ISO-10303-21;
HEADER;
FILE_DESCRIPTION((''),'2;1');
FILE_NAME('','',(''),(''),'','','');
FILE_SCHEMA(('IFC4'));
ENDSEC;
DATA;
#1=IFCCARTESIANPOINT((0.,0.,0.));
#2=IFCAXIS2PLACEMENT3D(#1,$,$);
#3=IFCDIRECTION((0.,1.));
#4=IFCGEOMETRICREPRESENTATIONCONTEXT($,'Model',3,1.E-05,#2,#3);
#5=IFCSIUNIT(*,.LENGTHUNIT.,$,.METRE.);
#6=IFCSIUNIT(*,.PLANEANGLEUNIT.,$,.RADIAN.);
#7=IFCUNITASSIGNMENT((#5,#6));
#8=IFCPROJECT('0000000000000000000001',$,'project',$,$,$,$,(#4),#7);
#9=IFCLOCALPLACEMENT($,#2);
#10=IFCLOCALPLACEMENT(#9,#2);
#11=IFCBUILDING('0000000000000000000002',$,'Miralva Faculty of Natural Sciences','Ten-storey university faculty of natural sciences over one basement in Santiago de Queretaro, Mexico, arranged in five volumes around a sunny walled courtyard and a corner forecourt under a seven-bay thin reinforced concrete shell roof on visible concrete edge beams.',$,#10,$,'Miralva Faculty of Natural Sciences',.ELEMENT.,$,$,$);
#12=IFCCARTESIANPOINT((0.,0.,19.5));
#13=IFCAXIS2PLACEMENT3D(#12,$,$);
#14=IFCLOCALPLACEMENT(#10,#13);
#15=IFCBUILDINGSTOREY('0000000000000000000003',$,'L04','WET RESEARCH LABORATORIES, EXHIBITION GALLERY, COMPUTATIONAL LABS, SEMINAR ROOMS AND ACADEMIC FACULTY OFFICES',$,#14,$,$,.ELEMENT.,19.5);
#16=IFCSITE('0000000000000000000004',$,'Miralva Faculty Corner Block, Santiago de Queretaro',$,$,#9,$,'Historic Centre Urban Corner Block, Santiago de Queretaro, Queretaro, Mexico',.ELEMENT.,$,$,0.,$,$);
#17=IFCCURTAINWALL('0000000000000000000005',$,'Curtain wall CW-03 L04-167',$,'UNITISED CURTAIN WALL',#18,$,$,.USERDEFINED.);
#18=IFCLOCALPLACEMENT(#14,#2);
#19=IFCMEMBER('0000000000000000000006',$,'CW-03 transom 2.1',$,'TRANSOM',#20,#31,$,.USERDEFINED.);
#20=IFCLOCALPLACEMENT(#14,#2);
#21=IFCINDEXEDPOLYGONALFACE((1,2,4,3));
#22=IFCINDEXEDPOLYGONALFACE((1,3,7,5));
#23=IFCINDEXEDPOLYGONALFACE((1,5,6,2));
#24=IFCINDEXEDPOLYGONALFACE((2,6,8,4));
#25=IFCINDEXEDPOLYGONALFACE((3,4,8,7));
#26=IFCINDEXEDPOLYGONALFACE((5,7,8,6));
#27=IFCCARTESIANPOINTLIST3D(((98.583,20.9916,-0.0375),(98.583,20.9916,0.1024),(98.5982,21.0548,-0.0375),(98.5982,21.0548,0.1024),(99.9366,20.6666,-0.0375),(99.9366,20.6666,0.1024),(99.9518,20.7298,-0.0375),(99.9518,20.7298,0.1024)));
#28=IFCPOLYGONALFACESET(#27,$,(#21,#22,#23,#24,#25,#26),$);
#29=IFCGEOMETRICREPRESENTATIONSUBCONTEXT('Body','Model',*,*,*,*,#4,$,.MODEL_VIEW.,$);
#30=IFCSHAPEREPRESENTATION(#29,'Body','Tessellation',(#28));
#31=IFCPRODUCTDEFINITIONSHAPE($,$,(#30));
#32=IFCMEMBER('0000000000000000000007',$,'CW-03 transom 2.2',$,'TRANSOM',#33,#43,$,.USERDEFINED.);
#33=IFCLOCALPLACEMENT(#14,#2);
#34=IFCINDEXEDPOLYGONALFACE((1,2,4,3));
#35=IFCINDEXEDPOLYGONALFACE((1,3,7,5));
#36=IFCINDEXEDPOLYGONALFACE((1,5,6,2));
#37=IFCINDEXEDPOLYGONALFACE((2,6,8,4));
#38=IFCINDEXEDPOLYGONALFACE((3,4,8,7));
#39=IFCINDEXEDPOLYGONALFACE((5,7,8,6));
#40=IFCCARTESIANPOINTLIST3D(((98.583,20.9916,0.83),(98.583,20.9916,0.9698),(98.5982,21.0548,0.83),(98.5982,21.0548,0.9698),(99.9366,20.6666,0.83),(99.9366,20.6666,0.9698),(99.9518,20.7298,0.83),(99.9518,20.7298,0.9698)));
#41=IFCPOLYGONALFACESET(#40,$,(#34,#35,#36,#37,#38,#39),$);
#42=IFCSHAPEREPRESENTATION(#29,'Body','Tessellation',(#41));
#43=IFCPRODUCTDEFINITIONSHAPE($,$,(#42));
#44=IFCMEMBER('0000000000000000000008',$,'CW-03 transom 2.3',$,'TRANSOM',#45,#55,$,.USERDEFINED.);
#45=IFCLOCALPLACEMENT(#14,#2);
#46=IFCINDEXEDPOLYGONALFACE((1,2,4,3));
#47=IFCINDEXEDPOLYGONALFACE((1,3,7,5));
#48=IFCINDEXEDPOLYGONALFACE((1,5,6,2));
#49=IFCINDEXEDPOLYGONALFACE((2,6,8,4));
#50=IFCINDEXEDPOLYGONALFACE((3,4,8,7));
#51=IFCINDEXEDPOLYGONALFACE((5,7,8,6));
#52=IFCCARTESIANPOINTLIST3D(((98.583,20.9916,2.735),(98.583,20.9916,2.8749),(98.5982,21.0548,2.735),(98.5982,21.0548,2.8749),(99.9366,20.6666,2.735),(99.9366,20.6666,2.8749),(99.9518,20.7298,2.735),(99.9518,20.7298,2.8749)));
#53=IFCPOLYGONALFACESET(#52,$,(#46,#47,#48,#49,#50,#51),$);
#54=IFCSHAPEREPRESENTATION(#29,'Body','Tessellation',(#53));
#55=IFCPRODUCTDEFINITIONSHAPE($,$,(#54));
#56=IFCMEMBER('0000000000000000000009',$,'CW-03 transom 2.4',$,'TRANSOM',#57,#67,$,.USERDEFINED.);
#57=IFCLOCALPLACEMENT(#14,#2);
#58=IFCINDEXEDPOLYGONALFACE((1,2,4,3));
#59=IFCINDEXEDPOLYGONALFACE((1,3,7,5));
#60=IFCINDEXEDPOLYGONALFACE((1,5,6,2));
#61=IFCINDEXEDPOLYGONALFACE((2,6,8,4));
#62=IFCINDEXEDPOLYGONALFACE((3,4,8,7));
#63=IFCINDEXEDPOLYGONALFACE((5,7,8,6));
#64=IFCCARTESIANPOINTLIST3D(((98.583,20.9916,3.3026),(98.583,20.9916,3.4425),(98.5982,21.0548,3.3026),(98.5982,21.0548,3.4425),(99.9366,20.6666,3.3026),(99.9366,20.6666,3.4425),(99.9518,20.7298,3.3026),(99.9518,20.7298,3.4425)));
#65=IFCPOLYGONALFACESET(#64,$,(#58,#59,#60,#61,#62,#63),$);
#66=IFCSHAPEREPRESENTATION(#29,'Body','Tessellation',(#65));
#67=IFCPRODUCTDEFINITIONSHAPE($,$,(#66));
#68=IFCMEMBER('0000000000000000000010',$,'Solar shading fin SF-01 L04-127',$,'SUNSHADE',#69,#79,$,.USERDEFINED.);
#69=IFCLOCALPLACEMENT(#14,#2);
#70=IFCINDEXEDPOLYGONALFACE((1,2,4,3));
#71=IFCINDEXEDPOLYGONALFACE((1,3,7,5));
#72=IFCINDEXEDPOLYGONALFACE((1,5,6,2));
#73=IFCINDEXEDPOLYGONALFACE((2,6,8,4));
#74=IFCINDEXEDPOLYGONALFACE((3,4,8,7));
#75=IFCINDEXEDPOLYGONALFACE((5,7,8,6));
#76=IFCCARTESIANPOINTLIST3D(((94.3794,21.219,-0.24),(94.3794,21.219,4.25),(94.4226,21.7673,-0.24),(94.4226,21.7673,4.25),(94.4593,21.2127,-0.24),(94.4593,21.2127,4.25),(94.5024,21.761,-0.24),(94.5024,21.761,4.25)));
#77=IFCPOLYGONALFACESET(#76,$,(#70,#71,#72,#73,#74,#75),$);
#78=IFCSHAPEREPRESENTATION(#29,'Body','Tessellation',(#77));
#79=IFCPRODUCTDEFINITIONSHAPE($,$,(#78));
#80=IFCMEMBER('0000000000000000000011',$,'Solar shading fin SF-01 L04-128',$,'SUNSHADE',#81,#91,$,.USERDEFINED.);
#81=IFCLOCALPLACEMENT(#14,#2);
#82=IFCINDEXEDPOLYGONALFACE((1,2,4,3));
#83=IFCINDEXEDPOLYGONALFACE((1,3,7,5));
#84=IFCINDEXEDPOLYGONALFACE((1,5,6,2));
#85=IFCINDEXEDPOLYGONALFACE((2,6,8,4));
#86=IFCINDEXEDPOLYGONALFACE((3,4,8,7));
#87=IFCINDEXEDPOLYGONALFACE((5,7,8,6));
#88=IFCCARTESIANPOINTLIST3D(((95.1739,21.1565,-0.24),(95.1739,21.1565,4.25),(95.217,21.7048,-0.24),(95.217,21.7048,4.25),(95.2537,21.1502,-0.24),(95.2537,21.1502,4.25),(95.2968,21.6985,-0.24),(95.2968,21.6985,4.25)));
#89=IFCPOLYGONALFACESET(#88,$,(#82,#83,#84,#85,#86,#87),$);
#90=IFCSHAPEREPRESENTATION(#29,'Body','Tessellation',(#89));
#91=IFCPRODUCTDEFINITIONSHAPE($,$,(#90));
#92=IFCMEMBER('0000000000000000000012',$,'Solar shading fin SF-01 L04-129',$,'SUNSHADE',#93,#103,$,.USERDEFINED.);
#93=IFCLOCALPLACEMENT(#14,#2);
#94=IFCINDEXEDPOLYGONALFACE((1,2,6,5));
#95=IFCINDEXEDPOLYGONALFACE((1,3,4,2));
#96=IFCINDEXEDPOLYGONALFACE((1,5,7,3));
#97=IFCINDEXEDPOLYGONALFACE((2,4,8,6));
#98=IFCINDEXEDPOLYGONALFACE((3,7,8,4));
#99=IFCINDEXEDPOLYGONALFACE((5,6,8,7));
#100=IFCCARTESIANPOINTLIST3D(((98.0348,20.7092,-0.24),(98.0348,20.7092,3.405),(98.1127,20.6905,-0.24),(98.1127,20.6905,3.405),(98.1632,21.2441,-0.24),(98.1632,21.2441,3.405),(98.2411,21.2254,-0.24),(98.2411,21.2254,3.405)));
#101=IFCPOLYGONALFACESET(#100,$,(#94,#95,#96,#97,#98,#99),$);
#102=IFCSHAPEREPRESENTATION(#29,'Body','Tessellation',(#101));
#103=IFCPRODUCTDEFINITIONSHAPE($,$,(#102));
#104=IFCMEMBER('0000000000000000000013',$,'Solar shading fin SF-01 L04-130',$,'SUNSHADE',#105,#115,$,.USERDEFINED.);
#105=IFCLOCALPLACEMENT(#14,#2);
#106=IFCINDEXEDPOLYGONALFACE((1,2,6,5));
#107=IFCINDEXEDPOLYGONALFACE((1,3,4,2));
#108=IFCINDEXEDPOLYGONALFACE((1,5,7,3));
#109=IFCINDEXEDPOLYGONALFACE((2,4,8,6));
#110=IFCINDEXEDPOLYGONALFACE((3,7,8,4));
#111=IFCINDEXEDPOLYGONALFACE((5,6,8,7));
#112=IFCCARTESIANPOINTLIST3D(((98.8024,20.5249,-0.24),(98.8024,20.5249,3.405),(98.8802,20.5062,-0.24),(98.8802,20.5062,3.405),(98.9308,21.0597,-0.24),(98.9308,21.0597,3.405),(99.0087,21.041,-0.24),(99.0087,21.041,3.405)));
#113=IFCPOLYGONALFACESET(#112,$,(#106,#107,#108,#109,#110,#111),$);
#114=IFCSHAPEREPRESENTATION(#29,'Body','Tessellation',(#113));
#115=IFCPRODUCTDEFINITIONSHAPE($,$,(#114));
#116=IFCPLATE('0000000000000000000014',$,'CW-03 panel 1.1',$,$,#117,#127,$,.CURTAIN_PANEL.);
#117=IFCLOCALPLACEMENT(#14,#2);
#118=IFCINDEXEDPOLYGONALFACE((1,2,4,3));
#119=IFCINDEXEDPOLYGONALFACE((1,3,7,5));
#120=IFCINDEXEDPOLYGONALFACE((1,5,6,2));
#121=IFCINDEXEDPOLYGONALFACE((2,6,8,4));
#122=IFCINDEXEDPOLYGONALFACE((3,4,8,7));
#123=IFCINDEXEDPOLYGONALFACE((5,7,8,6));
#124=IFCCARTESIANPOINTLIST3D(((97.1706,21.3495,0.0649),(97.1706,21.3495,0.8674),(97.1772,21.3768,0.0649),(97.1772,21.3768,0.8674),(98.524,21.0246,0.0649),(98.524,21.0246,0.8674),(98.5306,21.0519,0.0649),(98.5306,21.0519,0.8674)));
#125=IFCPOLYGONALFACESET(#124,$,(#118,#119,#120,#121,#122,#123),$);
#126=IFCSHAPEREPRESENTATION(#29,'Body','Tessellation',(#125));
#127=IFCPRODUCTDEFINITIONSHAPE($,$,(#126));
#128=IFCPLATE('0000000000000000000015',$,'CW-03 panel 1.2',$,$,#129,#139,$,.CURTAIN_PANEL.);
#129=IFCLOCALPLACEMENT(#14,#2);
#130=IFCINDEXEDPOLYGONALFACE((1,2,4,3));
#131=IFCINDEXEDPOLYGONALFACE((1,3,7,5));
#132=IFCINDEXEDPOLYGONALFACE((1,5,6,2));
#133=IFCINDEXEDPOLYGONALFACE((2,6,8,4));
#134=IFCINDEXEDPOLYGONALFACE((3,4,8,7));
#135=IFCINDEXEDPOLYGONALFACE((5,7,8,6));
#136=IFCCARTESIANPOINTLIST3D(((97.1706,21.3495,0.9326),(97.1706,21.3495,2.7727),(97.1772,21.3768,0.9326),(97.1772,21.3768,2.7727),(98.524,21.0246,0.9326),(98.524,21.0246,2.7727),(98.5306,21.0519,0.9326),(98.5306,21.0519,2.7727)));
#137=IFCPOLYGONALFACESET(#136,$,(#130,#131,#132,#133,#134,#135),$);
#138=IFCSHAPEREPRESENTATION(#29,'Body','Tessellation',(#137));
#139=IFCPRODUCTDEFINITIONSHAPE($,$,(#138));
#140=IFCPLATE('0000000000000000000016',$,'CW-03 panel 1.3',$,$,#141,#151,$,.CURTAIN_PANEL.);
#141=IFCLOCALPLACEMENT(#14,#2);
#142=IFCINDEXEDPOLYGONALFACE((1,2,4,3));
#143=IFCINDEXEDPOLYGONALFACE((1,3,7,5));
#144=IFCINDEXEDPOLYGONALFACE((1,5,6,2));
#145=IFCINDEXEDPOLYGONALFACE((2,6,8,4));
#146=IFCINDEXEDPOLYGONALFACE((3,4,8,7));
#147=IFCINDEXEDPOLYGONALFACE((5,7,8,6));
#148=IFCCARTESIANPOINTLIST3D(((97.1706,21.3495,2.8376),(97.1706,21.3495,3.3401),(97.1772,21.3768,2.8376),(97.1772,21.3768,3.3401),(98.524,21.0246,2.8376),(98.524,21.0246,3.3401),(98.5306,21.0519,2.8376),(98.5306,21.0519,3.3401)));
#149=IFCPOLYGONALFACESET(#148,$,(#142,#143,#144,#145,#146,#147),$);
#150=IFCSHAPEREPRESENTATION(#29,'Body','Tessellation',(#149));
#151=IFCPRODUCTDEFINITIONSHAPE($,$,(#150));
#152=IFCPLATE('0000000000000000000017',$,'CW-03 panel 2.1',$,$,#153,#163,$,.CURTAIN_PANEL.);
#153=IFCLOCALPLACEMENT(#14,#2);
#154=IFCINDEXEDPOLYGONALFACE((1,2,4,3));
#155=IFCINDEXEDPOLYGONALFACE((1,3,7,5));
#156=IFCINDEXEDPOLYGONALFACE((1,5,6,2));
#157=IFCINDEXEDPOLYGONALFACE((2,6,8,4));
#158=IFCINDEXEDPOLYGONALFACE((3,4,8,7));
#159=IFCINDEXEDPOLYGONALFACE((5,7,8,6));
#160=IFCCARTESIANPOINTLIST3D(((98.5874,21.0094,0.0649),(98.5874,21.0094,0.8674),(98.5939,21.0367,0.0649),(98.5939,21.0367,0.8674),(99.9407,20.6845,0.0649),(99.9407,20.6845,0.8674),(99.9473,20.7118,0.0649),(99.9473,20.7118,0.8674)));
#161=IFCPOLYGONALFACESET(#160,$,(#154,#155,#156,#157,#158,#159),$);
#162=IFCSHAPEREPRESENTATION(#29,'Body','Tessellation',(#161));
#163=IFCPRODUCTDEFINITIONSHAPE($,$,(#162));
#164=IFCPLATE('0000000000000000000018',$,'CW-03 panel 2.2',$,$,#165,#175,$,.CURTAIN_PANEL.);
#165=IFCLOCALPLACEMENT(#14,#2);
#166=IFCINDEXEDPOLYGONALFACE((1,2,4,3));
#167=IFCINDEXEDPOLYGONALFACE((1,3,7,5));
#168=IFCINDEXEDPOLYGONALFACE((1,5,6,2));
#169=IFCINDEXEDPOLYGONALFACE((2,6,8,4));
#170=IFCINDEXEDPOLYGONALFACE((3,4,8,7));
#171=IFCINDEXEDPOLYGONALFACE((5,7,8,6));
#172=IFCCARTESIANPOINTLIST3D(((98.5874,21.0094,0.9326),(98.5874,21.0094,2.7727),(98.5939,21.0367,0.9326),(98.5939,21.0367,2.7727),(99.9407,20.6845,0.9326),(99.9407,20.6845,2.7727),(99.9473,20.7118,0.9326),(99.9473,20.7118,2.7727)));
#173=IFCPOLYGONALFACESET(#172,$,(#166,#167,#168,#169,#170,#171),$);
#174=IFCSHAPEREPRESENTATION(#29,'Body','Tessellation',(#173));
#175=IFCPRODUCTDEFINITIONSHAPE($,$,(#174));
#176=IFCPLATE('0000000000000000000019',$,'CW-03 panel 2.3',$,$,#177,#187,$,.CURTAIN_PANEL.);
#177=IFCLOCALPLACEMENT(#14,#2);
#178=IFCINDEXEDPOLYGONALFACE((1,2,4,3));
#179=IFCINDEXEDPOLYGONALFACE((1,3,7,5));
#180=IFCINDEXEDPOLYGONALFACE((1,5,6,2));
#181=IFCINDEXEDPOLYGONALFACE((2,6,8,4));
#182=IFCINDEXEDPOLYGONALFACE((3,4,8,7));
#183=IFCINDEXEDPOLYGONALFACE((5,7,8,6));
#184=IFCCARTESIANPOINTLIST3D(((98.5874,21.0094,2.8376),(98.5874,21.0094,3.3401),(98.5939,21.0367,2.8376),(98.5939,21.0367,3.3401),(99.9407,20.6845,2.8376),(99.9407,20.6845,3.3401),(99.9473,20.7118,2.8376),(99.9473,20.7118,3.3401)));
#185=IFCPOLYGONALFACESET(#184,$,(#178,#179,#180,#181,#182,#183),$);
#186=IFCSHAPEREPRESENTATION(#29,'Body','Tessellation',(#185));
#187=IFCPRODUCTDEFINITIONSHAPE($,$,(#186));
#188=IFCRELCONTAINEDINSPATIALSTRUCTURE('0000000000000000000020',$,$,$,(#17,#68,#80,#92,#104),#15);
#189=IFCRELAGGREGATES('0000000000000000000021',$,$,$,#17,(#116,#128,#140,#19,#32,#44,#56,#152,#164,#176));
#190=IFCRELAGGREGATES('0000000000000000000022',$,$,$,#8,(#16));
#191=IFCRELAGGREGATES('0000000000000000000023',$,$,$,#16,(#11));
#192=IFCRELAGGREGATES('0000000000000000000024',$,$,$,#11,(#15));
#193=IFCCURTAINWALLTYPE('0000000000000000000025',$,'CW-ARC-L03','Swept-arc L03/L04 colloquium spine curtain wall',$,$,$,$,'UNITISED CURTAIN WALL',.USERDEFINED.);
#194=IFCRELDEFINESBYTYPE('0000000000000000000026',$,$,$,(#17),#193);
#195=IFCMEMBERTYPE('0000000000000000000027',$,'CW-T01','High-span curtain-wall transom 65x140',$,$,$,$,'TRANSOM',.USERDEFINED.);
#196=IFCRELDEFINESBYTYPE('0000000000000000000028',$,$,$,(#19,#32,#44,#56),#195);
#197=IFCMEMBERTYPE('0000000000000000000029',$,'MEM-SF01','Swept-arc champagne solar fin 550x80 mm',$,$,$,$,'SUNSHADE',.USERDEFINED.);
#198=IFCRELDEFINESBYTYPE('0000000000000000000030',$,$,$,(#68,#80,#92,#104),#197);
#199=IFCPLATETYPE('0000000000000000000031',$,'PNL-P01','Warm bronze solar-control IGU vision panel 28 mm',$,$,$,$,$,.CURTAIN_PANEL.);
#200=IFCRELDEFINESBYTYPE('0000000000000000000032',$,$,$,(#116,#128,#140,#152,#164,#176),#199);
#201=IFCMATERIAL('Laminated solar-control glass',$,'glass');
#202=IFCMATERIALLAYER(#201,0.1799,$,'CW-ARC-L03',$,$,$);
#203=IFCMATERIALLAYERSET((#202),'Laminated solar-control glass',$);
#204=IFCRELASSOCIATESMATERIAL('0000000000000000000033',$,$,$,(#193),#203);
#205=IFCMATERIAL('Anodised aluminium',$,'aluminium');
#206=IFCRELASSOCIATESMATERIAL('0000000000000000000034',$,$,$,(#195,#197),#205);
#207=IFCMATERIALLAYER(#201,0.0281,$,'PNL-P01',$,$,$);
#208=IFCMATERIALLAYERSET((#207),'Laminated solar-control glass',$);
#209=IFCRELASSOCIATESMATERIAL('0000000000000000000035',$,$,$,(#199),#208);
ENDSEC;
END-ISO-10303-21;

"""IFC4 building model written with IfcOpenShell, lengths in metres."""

from ifc_helpers import new_model, si_unit, direction, frame, origin, origin_2d, place, context, subcontext, project, spatial, rectangle, extrude, material, layer, layer_set, material_profile, profile_set, type_object, element, aggregate, save


model = new_model("IFC4")

# Units and contexts
model_context = context("Model", 3, precision=1e-05, world=origin(), true_north=direction((0.0, 1.0)))
body_context = subcontext(model_context, "Body", "Model", "MODEL_VIEW")
ifc_project = project(units=[si_unit("LENGTHUNIT", "METRE"), si_unit("PLANEANGLEUNIT", "RADIAN")], contexts=[model_context])

# Site, building, storey
site_placement = place(None, origin())
site = spatial("IfcSite", under=ifc_project, at=site_placement, Name="Miralva Faculty Corner Block, Santiago de Queretaro", LongName="Historic Centre Urban Corner Block, Santiago de Queretaro, Queretaro, Mexico", CompositionType="ELEMENT", RefElevation=0.0)
building_placement = place(site_placement, origin())
building = spatial("IfcBuilding", under=site, at=building_placement, Name="Miralva Faculty of Natural Sciences", Description="Ten-storey university faculty of natural sciences over one basement in Santiago de Queretaro, Mexico, arranged in five volumes around a sunny walled courtyard and a corner forecourt under a seven-bay thin reinforced concrete shell roof on visible concrete edge beams.", LongName="Miralva Faculty of Natural Sciences", CompositionType="ELEMENT")
storey_placement = place(building_placement, frame((0.0, 0.0, 19.5)))
storey = spatial("IfcBuildingStorey", under=building, at=storey_placement, Name="L04", Description="WET RESEARCH LABORATORIES, EXHIBITION GALLERY, COMPUTATIONAL LABS, SEMINAR ROOMS AND ACADEMIC FACULTY OFFICES", CompositionType="ELEMENT", Elevation=19.5)

# Shared definitions
ifc_material_1 = material(Name="Laminated solar-control glass", Category="glass")
ifc_layer_1 = layer(ifc_material_1, 0.1799, Name="CW-ARC-L03")
ifc_layer_set_1 = layer_set([ifc_layer_1], Name="Laminated solar-control glass")
curtain_wall_type = type_object("IfcCurtainWallType", Name="CW-ARC-L03", Description="Swept-arc L03/L04 colloquium spine curtain wall", ElementType="UNITISED CURTAIN WALL", PredefinedType="USERDEFINED", material=ifc_layer_set_1)
ifc_material_2 = material(Name="Anodised aluminium", Category="aluminium")

# Curtain wall, members
curtain_wall_1_placement = place(storey_placement, origin())
curtain_wall_1 = element("IfcCurtainWall", 1, at=curtain_wall_1_placement, inside=storey, type_object=curtain_wall_type, Name="Curtain wall CW-03 L04-167", ObjectType="UNITISED CURTAIN WALL", PredefinedType="USERDEFINED")
ifc_material_profile_1 = material_profile(ifc_material_2, rectangle(XDim=0.0649, YDim=0.1399, at=origin_2d()), Name="TRANSOM 65x140")
ifc_profile_set_1 = profile_set([ifc_material_profile_1], Name="Anodised aluminium")
member_type_1 = type_object("IfcMemberType", Name="CW-T01", Description="High-span curtain-wall transom 65x140", ElementType="TRANSOM", PredefinedType="USERDEFINED", material=ifc_profile_set_1)
member_1_placement = place(storey_placement, frame((98.5906, 21.0232, 0.0325), z_axis=(0.97237, -0.233446, 0.0), x_axis=(0.233446, 0.97237, 0.0)))
member_1 = element("IfcMember", 2, at=member_1_placement, type_object=member_type_1, Name="CW-03 transom 2.1", ObjectType="TRANSOM", PredefinedType="USERDEFINED", context=body_context, shape_type="SweptSolid", body=[
    extrude(rectangle(XDim=0.0649, YDim=0.1399, at=origin_2d()), origin(), (0.0, 0.0, 1.0), 1.3921),
])
member_2_placement = place(storey_placement, frame((98.5906, 21.0232, 0.8999), z_axis=(0.97237, -0.233446, 0.0), x_axis=(0.233446, 0.97237, 0.0)))
member_2 = element("IfcMember", 3, at=member_2_placement, type_object=member_type_1, Name="CW-03 transom 2.2", ObjectType="TRANSOM", PredefinedType="USERDEFINED", context=body_context, shape_type="SweptSolid", body=[
    extrude(rectangle(XDim=0.0649, YDim=0.1399, at=origin_2d()), origin(), (0.0, 0.0, 1.0), 1.3921),
])
member_3_placement = place(storey_placement, frame((98.5906, 21.0232, 2.8049), z_axis=(0.97237, -0.233446, 0.0), x_axis=(0.233446, 0.97237, 0.0)))
member_3 = element("IfcMember", 4, at=member_3_placement, type_object=member_type_1, Name="CW-03 transom 2.3", ObjectType="TRANSOM", PredefinedType="USERDEFINED", context=body_context, shape_type="SweptSolid", body=[
    extrude(rectangle(XDim=0.0649, YDim=0.1399, at=origin_2d()), origin(), (0.0, 0.0, 1.0), 1.3921),
])
member_4_placement = place(storey_placement, frame((98.5906, 21.0232, 3.3726), z_axis=(0.97237, -0.233446, 0.0), x_axis=(0.233446, 0.97237, 0.0)))
member_4 = element("IfcMember", 5, at=member_4_placement, type_object=member_type_1, Name="CW-03 transom 2.4", ObjectType="TRANSOM", PredefinedType="USERDEFINED", context=body_context, shape_type="SweptSolid", body=[
    extrude(rectangle(XDim=0.0649, YDim=0.1399, at=origin_2d()), origin(), (0.0, 0.0, 1.0), 1.3921),
])

# Members
ifc_material_profile_2 = material_profile(ifc_material_2, rectangle(XDim=0.0801, YDim=0.55, at=origin_2d()), Name="FIN 550x80")
ifc_profile_set_2 = profile_set([ifc_material_profile_2], Name="Anodised aluminium")
member_type_2 = type_object("IfcMemberType", Name="MEM-SF01", Description="Swept-arc champagne solar fin 550x80 mm", ElementType="SUNSHADE", PredefinedType="USERDEFINED", material=ifc_profile_set_2)
for number, where, z_axis, x_axis, name in (
    (6, (94.4409, 21.49, -0.24), (0.0, 0.0, 1.0), (0.996917, -0.078459, 0.0), "Solar shading fin SF-01 L04-127"),
    (7, (95.2354, 21.4275, -0.24), (0.0, 0.0, 1.0), (0.996917, -0.078459, 0.0), "Solar shading fin SF-01 L04-128"),
):
    element("IfcMember", number, at=place(storey_placement, frame(where, z_axis=z_axis, x_axis=x_axis)), inside=storey, type_object=member_type_2, Name=name, ObjectType="SUNSHADE", PredefinedType="USERDEFINED", context=body_context, shape_type="SweptSolid", body=[
        extrude(rectangle(XDim=0.0801, YDim=0.55, at=origin_2d()), origin(), (0.0, 0.0, 1.0), 4.49),
    ])
for number, where, z_axis, x_axis, name in (
    (8, (98.1379, 20.9673, -0.24), (0.0, 0.0, 1.0), (0.97237, -0.233445, 0.0), "Solar shading fin SF-01 L04-129"),
    (9, (98.9055, 20.783, -0.24), (0.0, 0.0, 1.0), (0.97237, -0.233445, 0.0), "Solar shading fin SF-01 L04-130"),
):
    element("IfcMember", number, at=place(storey_placement, frame(where, z_axis=z_axis, x_axis=x_axis)), inside=storey, type_object=member_type_2, Name=name, ObjectType="SUNSHADE", PredefinedType="USERDEFINED", context=body_context, shape_type="SweptSolid", body=[
        extrude(rectangle(XDim=0.0801, YDim=0.55, at=origin_2d()), origin(), (0.0, 0.0, 1.0), 3.645),
    ])

# Plates
ifc_layer_2 = layer(ifc_material_1, 0.0281, Name="PNL-P01")
ifc_layer_set_2 = layer_set([ifc_layer_2], Name="Laminated solar-control glass")
plate_type = type_object("IfcPlateType", Name="PNL-P01", Description="Warm bronze solar-control IGU vision panel 28 mm", PredefinedType="CURTAIN_PANEL", material=ifc_layer_set_2)
plate_1_placement = place(storey_placement, frame((97.8506, 21.2007, 0.0649), z_axis=(0.0, 0.0, 1.0), x_axis=(0.972367, -0.233457, 0.0)))
plate_1 = element("IfcPlate", 10, at=plate_1_placement, type_object=plate_type, Name="CW-03 panel 1.1", PredefinedType="CURTAIN_PANEL", context=body_context, shape_type="SweptSolid", body=[
    extrude(rectangle(XDim=1.3918, YDim=0.0281, at=origin_2d()), origin(), (0.0, 0.0, 1.0), 0.8025),
])
plate_2_placement = place(storey_placement, frame((97.8506, 21.2007, 0.9326), z_axis=(0.0, 0.0, 1.0), x_axis=(0.972367, -0.233457, 0.0)))
plate_2 = element("IfcPlate", 11, at=plate_2_placement, type_object=plate_type, Name="CW-03 panel 1.2", PredefinedType="CURTAIN_PANEL", context=body_context, shape_type="SweptSolid", body=[
    extrude(rectangle(XDim=1.3918, YDim=0.0281, at=origin_2d()), origin(), (0.0, 0.0, 1.0), 1.8401),
])
plate_3_placement = place(storey_placement, frame((97.8506, 21.2007, 2.8376), z_axis=(0.0, 0.0, 1.0), x_axis=(0.972367, -0.233457, 0.0)))
plate_3 = element("IfcPlate", 12, at=plate_3_placement, type_object=plate_type, Name="CW-03 panel 1.3", PredefinedType="CURTAIN_PANEL", context=body_context, shape_type="SweptSolid", body=[
    extrude(rectangle(XDim=1.3918, YDim=0.0281, at=origin_2d()), origin(), (0.0, 0.0, 1.0), 0.5024),
])
plate_4_placement = place(storey_placement, frame((99.2673, 20.8606, 0.0649), z_axis=(0.0, 0.0, 1.0), x_axis=(0.972367, -0.233457, 0.0)))
plate_4 = element("IfcPlate", 13, at=plate_4_placement, type_object=plate_type, Name="CW-03 panel 2.1", PredefinedType="CURTAIN_PANEL", context=body_context, shape_type="SweptSolid", body=[
    extrude(rectangle(XDim=1.3918, YDim=0.0281, at=origin_2d()), origin(), (0.0, 0.0, 1.0), 0.8025),
])
plate_5_placement = place(storey_placement, frame((99.2673, 20.8606, 0.9326), z_axis=(0.0, 0.0, 1.0), x_axis=(0.972367, -0.233457, 0.0)))
plate_5 = element("IfcPlate", 14, at=plate_5_placement, type_object=plate_type, Name="CW-03 panel 2.2", PredefinedType="CURTAIN_PANEL", context=body_context, shape_type="SweptSolid", body=[
    extrude(rectangle(XDim=1.3918, YDim=0.0281, at=origin_2d()), origin(), (0.0, 0.0, 1.0), 1.8401),
])
plate_6_placement = place(storey_placement, frame((99.2673, 20.8606, 2.8376), z_axis=(0.0, 0.0, 1.0), x_axis=(0.972367, -0.233457, 0.0)))
plate_6 = element("IfcPlate", 15, at=plate_6_placement, type_object=plate_type, Name="CW-03 panel 2.3", PredefinedType="CURTAIN_PANEL", context=body_context, shape_type="SweptSolid", body=[
    extrude(rectangle(XDim=1.3918, YDim=0.0281, at=origin_2d()), origin(), (0.0, 0.0, 1.0), 0.5024),
])
aggregate(curtain_wall_1, [plate_1, plate_2, plate_3, member_1, member_2, member_3, member_4, plate_4, plate_5, plate_6])

save(model, "model.ifc")
